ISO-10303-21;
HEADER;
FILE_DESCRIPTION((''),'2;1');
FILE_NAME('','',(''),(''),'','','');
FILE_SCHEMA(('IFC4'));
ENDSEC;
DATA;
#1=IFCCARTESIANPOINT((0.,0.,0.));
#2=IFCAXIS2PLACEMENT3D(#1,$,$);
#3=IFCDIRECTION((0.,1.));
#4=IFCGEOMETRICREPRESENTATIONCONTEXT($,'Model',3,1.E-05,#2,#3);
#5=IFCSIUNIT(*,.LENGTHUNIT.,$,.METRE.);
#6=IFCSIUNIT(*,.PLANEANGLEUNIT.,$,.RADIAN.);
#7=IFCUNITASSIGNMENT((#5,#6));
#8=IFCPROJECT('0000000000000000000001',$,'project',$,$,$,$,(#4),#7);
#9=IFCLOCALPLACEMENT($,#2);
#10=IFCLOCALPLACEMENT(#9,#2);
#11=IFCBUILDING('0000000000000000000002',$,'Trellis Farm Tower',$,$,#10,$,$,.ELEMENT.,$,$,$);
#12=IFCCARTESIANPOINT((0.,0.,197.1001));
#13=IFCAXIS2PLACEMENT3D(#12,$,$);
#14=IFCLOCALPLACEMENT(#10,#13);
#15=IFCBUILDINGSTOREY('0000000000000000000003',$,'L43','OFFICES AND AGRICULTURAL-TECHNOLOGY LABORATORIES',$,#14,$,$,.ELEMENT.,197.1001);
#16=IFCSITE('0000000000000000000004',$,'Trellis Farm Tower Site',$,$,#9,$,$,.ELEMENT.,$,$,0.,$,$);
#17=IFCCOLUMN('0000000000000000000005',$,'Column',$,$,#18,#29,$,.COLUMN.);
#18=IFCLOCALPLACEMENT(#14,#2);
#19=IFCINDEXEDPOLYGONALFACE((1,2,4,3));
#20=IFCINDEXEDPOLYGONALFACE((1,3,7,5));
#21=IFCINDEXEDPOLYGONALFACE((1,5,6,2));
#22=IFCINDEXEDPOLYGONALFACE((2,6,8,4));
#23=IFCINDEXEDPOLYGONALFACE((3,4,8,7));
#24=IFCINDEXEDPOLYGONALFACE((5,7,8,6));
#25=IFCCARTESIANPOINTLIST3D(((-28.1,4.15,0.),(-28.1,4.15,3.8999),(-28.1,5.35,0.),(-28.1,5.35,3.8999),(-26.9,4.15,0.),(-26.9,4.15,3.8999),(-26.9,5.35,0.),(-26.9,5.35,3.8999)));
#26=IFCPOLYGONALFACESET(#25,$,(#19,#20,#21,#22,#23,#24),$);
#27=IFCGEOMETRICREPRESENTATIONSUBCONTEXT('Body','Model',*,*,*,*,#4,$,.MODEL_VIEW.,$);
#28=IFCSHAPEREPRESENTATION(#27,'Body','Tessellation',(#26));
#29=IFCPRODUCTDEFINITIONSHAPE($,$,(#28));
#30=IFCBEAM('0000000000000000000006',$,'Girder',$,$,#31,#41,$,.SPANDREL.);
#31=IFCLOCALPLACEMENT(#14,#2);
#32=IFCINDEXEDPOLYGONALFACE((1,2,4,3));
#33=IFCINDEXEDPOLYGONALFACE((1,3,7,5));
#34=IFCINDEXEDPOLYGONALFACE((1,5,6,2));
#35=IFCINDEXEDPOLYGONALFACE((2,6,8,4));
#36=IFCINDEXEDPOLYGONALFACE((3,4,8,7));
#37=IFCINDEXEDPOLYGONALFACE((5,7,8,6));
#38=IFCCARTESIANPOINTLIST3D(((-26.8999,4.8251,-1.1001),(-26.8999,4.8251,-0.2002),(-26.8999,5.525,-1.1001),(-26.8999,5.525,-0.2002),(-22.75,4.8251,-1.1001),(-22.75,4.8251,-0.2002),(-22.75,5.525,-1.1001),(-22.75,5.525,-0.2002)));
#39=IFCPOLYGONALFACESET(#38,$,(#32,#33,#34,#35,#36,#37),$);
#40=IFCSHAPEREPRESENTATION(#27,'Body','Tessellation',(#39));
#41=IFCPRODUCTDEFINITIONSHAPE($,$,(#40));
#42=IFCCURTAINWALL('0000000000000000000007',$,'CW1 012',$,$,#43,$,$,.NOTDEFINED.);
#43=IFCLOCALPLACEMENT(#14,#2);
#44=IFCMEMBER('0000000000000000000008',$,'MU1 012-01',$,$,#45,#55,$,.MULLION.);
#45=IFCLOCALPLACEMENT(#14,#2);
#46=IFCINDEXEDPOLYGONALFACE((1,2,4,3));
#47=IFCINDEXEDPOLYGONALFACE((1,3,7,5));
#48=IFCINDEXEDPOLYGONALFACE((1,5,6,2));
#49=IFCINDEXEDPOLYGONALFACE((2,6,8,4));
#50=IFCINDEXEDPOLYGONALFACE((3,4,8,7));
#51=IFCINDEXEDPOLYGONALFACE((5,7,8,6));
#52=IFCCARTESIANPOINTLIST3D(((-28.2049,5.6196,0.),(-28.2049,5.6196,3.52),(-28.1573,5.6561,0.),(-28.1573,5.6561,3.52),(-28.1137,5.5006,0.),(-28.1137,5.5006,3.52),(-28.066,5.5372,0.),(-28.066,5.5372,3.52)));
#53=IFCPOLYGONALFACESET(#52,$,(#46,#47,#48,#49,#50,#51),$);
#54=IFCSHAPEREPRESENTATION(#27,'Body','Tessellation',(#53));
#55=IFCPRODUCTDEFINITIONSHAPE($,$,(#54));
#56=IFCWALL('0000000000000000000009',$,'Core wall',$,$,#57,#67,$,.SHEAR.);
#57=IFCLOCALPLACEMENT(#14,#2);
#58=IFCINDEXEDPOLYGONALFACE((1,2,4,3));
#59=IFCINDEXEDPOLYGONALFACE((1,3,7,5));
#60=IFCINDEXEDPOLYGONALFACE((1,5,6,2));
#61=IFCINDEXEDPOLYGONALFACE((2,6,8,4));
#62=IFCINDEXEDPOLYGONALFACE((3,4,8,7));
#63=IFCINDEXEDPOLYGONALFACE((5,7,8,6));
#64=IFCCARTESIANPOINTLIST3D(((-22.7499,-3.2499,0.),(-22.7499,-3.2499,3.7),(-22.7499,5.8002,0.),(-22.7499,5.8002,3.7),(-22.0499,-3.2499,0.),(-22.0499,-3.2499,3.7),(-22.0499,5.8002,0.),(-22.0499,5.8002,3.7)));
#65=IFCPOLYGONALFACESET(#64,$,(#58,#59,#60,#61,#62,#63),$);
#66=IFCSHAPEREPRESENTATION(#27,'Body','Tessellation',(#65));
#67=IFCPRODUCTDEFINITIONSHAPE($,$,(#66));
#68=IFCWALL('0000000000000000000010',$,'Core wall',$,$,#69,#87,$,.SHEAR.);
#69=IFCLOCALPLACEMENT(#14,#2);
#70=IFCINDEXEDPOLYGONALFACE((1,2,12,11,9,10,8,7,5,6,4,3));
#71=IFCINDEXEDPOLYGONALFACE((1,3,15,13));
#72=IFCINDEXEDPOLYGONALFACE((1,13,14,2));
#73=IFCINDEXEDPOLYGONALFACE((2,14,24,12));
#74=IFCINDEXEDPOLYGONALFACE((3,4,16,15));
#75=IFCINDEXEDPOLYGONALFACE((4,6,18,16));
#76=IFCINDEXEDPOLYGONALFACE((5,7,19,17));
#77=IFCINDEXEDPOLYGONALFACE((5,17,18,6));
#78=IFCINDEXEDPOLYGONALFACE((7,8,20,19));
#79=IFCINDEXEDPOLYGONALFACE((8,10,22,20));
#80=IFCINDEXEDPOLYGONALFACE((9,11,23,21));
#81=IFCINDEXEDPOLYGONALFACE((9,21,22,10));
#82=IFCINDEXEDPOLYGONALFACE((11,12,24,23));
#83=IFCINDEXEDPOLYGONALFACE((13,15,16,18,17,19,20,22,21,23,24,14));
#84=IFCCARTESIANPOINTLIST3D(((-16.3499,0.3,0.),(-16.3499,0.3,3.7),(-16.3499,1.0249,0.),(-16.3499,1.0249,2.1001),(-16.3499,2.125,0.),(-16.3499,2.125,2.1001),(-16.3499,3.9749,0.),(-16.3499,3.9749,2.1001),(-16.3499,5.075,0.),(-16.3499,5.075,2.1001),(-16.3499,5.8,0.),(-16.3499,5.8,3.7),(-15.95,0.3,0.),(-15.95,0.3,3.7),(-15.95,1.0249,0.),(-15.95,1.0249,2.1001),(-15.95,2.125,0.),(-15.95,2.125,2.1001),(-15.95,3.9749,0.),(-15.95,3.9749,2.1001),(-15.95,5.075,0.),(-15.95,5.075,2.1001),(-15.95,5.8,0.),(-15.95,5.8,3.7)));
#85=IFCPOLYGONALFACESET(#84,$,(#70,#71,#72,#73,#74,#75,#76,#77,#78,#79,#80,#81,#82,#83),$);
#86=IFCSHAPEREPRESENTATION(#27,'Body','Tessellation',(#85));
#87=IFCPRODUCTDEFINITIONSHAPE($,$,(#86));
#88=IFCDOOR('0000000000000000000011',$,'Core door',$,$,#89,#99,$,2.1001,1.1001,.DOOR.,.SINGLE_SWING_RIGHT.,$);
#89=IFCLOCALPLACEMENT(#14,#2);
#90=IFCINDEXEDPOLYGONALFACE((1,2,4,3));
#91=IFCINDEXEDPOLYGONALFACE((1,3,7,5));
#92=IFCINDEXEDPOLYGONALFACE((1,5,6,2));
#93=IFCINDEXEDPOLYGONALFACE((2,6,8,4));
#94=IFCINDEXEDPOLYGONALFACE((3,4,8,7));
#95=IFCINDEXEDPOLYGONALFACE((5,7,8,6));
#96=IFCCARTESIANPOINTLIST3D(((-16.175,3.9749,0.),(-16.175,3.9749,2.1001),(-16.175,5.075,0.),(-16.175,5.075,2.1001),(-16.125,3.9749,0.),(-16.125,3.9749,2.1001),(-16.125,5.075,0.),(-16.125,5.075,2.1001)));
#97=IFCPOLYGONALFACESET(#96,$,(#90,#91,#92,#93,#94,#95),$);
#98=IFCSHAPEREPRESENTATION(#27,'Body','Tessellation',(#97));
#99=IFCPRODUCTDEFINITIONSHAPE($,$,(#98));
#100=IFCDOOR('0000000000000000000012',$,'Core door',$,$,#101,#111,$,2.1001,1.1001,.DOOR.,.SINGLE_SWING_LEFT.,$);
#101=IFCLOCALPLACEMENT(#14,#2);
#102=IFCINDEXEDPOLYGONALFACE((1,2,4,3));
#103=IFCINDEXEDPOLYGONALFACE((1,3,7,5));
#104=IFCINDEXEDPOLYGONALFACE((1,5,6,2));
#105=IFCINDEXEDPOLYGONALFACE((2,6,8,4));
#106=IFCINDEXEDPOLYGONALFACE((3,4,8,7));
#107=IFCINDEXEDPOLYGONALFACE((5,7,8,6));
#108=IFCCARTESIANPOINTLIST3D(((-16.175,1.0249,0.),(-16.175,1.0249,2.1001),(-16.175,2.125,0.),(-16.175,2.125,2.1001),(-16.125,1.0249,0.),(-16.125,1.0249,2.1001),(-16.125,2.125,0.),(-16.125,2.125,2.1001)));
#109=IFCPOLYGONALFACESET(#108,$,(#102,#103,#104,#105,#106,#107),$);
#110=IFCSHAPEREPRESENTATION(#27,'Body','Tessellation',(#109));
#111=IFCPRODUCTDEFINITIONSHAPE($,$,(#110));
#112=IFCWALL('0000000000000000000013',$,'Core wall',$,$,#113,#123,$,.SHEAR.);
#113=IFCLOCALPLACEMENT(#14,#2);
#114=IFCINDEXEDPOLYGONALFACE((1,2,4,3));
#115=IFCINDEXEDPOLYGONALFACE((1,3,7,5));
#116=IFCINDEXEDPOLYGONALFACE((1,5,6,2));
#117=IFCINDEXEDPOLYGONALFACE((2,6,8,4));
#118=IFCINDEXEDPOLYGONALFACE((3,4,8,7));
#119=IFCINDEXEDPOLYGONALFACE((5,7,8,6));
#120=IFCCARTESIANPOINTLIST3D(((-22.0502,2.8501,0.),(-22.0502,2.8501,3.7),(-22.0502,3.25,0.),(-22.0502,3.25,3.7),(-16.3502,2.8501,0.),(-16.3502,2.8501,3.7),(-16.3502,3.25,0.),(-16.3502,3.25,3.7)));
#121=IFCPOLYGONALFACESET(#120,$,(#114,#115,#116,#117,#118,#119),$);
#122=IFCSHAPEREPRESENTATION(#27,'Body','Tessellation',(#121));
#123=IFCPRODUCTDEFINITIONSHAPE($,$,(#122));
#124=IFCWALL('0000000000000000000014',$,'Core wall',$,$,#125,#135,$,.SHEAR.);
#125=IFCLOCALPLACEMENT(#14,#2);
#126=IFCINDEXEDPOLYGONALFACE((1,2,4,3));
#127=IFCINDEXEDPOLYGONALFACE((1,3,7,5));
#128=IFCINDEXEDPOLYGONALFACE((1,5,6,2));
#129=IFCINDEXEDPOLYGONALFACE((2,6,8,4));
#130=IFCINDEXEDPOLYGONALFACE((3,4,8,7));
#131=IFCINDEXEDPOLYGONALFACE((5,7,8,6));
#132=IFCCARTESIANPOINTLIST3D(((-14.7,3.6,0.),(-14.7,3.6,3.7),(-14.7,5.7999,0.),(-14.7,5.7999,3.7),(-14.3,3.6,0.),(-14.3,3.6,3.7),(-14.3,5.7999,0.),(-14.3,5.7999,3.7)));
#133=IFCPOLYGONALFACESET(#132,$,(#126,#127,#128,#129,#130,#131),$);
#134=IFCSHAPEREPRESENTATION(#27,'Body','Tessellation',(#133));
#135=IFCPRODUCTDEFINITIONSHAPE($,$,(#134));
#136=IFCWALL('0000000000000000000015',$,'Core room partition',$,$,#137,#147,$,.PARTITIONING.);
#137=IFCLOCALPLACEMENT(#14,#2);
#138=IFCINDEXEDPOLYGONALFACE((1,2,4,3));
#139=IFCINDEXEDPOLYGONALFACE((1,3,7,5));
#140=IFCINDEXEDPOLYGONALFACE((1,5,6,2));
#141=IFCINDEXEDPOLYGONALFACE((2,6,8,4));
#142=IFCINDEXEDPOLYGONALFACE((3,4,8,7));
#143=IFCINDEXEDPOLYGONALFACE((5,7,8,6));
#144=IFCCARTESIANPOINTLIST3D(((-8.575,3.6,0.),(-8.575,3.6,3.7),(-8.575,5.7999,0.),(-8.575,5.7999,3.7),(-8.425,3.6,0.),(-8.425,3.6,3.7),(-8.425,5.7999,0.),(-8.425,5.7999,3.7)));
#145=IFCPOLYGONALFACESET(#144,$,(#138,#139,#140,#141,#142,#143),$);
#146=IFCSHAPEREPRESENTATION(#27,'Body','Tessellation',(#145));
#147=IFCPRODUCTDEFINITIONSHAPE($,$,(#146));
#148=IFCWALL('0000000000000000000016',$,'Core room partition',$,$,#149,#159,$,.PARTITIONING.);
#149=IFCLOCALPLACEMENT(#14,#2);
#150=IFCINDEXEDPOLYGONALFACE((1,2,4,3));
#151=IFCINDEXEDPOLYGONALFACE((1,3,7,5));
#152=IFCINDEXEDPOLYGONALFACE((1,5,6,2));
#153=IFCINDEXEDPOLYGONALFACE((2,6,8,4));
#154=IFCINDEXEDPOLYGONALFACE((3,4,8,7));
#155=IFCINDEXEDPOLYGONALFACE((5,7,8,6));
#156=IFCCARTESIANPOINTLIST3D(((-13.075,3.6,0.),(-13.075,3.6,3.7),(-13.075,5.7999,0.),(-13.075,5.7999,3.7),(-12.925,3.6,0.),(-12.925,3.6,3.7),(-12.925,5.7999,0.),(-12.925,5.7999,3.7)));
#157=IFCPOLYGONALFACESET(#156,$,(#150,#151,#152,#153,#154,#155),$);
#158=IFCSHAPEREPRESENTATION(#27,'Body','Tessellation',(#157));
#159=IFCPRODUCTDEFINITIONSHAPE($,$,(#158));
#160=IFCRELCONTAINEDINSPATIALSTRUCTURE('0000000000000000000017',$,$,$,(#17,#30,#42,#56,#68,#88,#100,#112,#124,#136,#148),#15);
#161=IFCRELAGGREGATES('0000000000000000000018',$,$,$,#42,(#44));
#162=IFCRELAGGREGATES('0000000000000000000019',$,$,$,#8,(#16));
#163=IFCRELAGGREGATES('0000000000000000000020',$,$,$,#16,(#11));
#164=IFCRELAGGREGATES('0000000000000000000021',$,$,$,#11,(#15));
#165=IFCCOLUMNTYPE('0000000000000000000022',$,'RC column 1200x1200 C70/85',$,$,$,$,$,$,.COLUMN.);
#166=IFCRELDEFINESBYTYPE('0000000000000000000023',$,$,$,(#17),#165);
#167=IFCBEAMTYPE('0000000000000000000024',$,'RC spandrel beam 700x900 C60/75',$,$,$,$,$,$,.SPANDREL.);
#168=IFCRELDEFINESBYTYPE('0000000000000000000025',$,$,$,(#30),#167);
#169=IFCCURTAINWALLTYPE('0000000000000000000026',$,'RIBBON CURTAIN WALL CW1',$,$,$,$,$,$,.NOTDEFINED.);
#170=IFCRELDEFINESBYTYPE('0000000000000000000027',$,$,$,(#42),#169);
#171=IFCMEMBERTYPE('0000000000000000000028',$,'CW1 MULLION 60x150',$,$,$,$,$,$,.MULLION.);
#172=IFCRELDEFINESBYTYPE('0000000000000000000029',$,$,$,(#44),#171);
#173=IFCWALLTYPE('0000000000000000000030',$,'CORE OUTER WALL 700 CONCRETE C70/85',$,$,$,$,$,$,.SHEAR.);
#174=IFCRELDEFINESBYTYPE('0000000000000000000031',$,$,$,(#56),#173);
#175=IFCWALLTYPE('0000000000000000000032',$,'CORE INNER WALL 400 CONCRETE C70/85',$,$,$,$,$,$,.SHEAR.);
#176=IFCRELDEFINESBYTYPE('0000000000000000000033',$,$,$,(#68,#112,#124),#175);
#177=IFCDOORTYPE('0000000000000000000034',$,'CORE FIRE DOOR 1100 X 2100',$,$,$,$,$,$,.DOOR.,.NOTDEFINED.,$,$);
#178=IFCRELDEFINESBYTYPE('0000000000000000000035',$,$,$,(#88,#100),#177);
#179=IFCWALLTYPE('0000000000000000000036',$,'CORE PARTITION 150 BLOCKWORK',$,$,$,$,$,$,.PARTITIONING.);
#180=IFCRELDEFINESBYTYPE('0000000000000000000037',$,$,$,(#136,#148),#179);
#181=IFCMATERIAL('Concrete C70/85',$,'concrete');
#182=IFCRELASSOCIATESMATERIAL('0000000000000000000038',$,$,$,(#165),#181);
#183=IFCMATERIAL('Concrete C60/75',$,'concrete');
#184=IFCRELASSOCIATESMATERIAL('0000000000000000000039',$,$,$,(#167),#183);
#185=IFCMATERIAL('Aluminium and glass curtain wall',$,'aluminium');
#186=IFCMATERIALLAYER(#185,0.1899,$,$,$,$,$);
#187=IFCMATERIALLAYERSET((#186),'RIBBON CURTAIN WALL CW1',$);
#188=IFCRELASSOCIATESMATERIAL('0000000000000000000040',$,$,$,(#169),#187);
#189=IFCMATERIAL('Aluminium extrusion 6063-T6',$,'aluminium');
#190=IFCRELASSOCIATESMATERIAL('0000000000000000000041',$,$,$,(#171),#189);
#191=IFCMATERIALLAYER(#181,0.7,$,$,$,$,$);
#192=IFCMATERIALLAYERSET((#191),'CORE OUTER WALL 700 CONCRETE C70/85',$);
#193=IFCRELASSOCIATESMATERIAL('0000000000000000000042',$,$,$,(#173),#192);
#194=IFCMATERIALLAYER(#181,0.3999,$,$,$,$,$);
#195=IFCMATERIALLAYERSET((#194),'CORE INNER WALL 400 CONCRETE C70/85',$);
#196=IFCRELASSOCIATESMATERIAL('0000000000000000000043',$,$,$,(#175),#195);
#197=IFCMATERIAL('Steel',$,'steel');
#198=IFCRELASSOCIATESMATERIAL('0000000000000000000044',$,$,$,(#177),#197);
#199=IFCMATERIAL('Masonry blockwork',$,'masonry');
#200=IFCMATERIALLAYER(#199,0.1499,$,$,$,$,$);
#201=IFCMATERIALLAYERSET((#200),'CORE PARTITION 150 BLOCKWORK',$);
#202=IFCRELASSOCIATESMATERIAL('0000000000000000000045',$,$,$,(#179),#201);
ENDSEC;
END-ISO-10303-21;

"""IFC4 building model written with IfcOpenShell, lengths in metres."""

from ifc_helpers import new_model, si_unit, direction, frame, frame_2d, origin, origin_2d, place, context, subcontext, project, spatial, rectangle, extrude, source, transform, mapped, material, layer, layer_set, material_profile, profile_set, type_object, element, fill, aggregate, save


model = new_model("IFC4")

# Units and contexts
model_context = context("Model", 3, precision=1e-05, world=origin(), true_north=direction((0.0, 1.0)))
body_context = subcontext(model_context, "Body", "Model", "MODEL_VIEW")
ifc_project = project(units=[si_unit("LENGTHUNIT", "METRE"), si_unit("PLANEANGLEUNIT", "RADIAN")], contexts=[model_context])

# Site, building, storey
site_placement = place(None, origin())
site = spatial("IfcSite", under=ifc_project, at=site_placement, Name="Trellis Farm Tower Site", CompositionType="ELEMENT", RefElevation=0.0)
building_placement = place(site_placement, origin())
building = spatial("IfcBuilding", under=site, at=building_placement, Name="Trellis Farm Tower", CompositionType="ELEMENT")
storey_placement = place(building_placement, frame((0.0, 0.0, 197.1001)))
storey = spatial("IfcBuildingStorey", under=building, at=storey_placement, Name="L43", Description="OFFICES AND AGRICULTURAL-TECHNOLOGY LABORATORIES", CompositionType="ELEMENT", Elevation=197.1001)

# Column
ifc_material_1 = material(Name="Concrete C70/85", Category="concrete")
ifc_material_profile_1 = material_profile(ifc_material_1, rectangle(XDim=1.2, YDim=1.2, at=origin_2d()), Name="RC column 1200x1200 C70/85")
ifc_profile_set_1 = profile_set([ifc_material_profile_1], Name="Concrete C70/85")
column_type = type_object("IfcColumnType", Name="RC column 1200x1200 C70/85", PredefinedType="COLUMN", material=ifc_profile_set_1)
shared_shape_1 = source(origin(), body_context, "Body", "SweptSolid", [
    extrude(rectangle(XDim=1.2, YDim=1.2, at=origin_2d()), origin(), (0.0, 0.0, 1.0), 3.8999),
])
column_placement = place(storey_placement, frame((-27.5, 4.75, 0.0), z_axis=(0.0, 0.0, 1.0), x_axis=(1.0, 0.0, 0.0)))
element("IfcColumn", 1, at=column_placement, inside=storey, type_object=column_type, Name="Column", PredefinedType="COLUMN", context=body_context, shape_type="MappedRepresentation", body=[
    mapped(shared_shape_1, transform((0.0, 0.0, 0.0))),
])

# Beam
ifc_material_2 = material(Name="Concrete C60/75", Category="concrete")
ifc_material_profile_2 = material_profile(ifc_material_2, rectangle(XDim=0.7, YDim=0.8999, at=origin_2d()), Name="RC spandrel beam 700x900 C60/75")
ifc_profile_set_2 = profile_set([ifc_material_profile_2], Name="Concrete C60/75")
beam_type = type_object("IfcBeamType", Name="RC spandrel beam 700x900 C60/75", PredefinedType="SPANDREL", material=ifc_profile_set_2)
shared_shape_2 = source(origin(), body_context, "Body", "SweptSolid", [
    extrude(rectangle(XDim=0.7, YDim=0.8999, at=origin_2d()), origin(), (0.0, 0.0, 1.0), 4.1499),
])
beam_placement = place(storey_placement, frame((-26.8999, 5.175, -0.6501), z_axis=(1.0, 0.0, 0.0), x_axis=(0.0, 1.0, 0.0)))
element("IfcBeam", 2, at=beam_placement, inside=storey, type_object=beam_type, Name="Girder", PredefinedType="SPANDREL", context=body_context, shape_type="MappedRepresentation", body=[
    mapped(shared_shape_2, transform((0.0, 0.0, 0.0))),
])

# Curtain wall, member
ifc_material_3 = material(Name="Aluminium and glass curtain wall", Category="aluminium")
ifc_layer_1 = layer(ifc_material_3, 0.1899)
ifc_layer_set_1 = layer_set([ifc_layer_1], Name="RIBBON CURTAIN WALL CW1")
curtain_wall_type = type_object("IfcCurtainWallType", Name="RIBBON CURTAIN WALL CW1", PredefinedType="NOTDEFINED", material=ifc_layer_set_1)
placement = place(storey_placement, origin())
curtain_wall = element("IfcCurtainWall", 3, at=placement, inside=storey, type_object=curtain_wall_type, Name="CW1 012", PredefinedType="NOTDEFINED")
ifc_material_4 = material(Name="Aluminium extrusion 6063-T6", Category="aluminium")
ifc_material_profile_3 = material_profile(ifc_material_4, rectangle(XDim=0.0601, YDim=0.1499, at=origin_2d()), Name="MULLION 60x150")
ifc_profile_set_3 = profile_set([ifc_material_profile_3], Name="Aluminium extrusion 6063-T6")
member_type = type_object("IfcMemberType", Name="CW1 MULLION 60x150", PredefinedType="MULLION", material=ifc_profile_set_3)
shared_shape_3 = source(origin(), body_context, "Body", "SweptSolid", [
    extrude(rectangle(XDim=0.0601, YDim=0.1499, at=origin_2d()), origin(), (0.0, 0.0, 1.0), 3.52),
])
member_placement = place(storey_placement, frame((-28.1355, 5.5784, 0.0), z_axis=(0.0, 0.0, 1.0), x_axis=(-0.793353, -0.608761, 0.0)))
member = element("IfcMember", 4, at=member_placement, type_object=member_type, Name="MU1 012-01", PredefinedType="MULLION", context=body_context, shape_type="MappedRepresentation", body=[
    mapped(shared_shape_3, transform((0.0, 0.0, 0.0))),
])
aggregate(curtain_wall, [member])

# Wall
ifc_layer_2 = layer(ifc_material_1, 0.7)
ifc_layer_set_2 = layer_set([ifc_layer_2], Name="CORE OUTER WALL 700 CONCRETE C70/85")
wall_type_1 = type_object("IfcWallType", Name="CORE OUTER WALL 700 CONCRETE C70/85", PredefinedType="SHEAR", material=ifc_layer_set_2)
shared_shape_4 = source(origin(), body_context, "Body", "SweptSolid", [
    extrude(rectangle(XDim=9.05, YDim=0.7, at=frame_2d((4.5249, 0.0))), origin(), (0.0, 0.0, 1.0), 3.7),
])
wall_1_placement = place(storey_placement, frame((-22.3999, 5.8, 0.0), z_axis=(0.0, 0.0, 1.0), x_axis=(0.0, -1.0, 0.0)))
element("IfcWall", 5, at=wall_1_placement, inside=storey, type_object=wall_type_1, Name="Core wall", PredefinedType="SHEAR", context=body_context, shape_type="MappedRepresentation", body=[
    mapped(shared_shape_4, transform((0.0, 0.0, 0.0))),
])

# Wall, openings, doors
ifc_layer_3 = layer(ifc_material_1, 0.3999)
ifc_layer_set_3 = layer_set([ifc_layer_3], Name="CORE INNER WALL 400 CONCRETE C70/85")
wall_type_2 = type_object("IfcWallType", Name="CORE INNER WALL 400 CONCRETE C70/85", PredefinedType="SHEAR", material=ifc_layer_set_3)
shared_shape_5 = source(origin(), body_context, "Body", "SweptSolid", [
    extrude(rectangle(XDim=5.5, YDim=0.3999, at=frame_2d((2.75, 0.0))), origin(), (0.0, 0.0, 1.0), 3.7),
])
wall_2_placement = place(storey_placement, frame((-16.1499, 5.8, 0.0), z_axis=(0.0, 0.0, 1.0), x_axis=(0.0, -1.0, 0.0)))
wall_2 = element("IfcWall", 6, at=wall_2_placement, inside=storey, type_object=wall_type_2, Name="Core wall", PredefinedType="SHEAR", context=body_context, shape_type="MappedRepresentation", body=[
    mapped(shared_shape_5, transform((0.0, 0.0, 0.0))),
])
shared_shape_6 = source(origin(), body_context, "Body", "SweptSolid", [
    extrude(rectangle(XDim=1.1001, YDim=2.1001, at=frame_2d((0.55, 1.05))), frame((0.0, 0.21, 0.0), z_axis=(0.0, -1.0, 0.0), x_axis=(1.0, 0.0, 0.0)), (0.0, 0.0, 1.0), 0.4199),
])
opening_1_placement = place(wall_2_placement, frame((0.7251, 0.0, 0.0)))
opening_1 = element("IfcOpeningElement", 7, at=opening_1_placement, cuts=wall_2, PredefinedType="OPENING", context=body_context, shape_type="MappedRepresentation", body=[
    mapped(shared_shape_6, transform((0.0, 0.0, 0.0))),
])
opening_2_placement = place(wall_2_placement, frame((3.675, 0.0, 0.0)))
opening_2 = element("IfcOpeningElement", 8, at=opening_2_placement, cuts=wall_2, PredefinedType="OPENING", context=body_context, shape_type="MappedRepresentation", body=[
    mapped(shared_shape_6, transform((0.0, 0.0, 0.0))),
])
ifc_material_5 = material(Name="Steel", Category="steel")
door_type = type_object("IfcDoorType", Name="CORE FIRE DOOR 1100 X 2100", OperationType="NOTDEFINED", PredefinedType="DOOR", material=ifc_material_5)
shared_shape_7 = source(origin(), body_context, "Body", "SweptSolid", [
    extrude(rectangle(XDim=1.1001, YDim=2.1001, at=frame_2d((0.55, 1.05))), frame((0.0, 0.0249, 0.0), z_axis=(0.0, -1.0, 0.0), x_axis=(1.0, 0.0, 0.0)), (0.0, 0.0, 1.0), 0.05),
])
door_1_placement = place(opening_1_placement, origin())
door_1 = element("IfcDoor", 9, at=door_1_placement, inside=storey, type_object=door_type, Name="Core door", OperationType="SINGLE_SWING_RIGHT", OverallHeight=2.1001, OverallWidth=1.1001, PredefinedType="DOOR", context=body_context, shape_type="MappedRepresentation", body=[
    mapped(shared_shape_7, transform((0.0, 0.0, 0.0))),
])
fill(opening_1, door_1)
door_2_placement = place(opening_2_placement, origin())
door_2 = element("IfcDoor", 10, at=door_2_placement, inside=storey, type_object=door_type, Name="Core door", OperationType="SINGLE_SWING_LEFT", OverallHeight=2.1001, OverallWidth=1.1001, PredefinedType="DOOR", context=body_context, shape_type="MappedRepresentation", body=[
    mapped(shared_shape_7, transform((0.0, 0.0, 0.0))),
])
fill(opening_2, door_2)

# Walls
shared_shape_8 = source(origin(), body_context, "Body", "SweptSolid", [
    extrude(rectangle(XDim=5.7, YDim=0.3999, at=frame_2d((2.8501, 0.0))), origin(), (0.0, 0.0, 1.0), 3.7),
])
wall_3_placement = place(storey_placement, frame((-16.3501, 3.05, 0.0), z_axis=(0.0, 0.0, 1.0), x_axis=(-1.0, 0.0, 0.0)))
element("IfcWall", 11, at=wall_3_placement, inside=storey, type_object=wall_type_2, Name="Core wall", PredefinedType="SHEAR", context=body_context, shape_type="MappedRepresentation", body=[
    mapped(shared_shape_8, transform((0.0, 0.0, 0.0))),
])
shared_shape_9 = source(origin(), body_context, "Body", "SweptSolid", [
    extrude(rectangle(XDim=2.2, YDim=0.3999, at=frame_2d((1.1001, 0.0))), origin(), (0.0, 0.0, 1.0), 3.7),
])
wall_4_placement = place(storey_placement, frame((-14.5, 5.8, 0.0), z_axis=(0.0, 0.0, 1.0), x_axis=(0.0, -1.0, 0.0)))
element("IfcWall", 12, at=wall_4_placement, inside=storey, type_object=wall_type_2, Name="Core wall", PredefinedType="SHEAR", context=body_context, shape_type="MappedRepresentation", body=[
    mapped(shared_shape_9, transform((0.0, 0.0, 0.0))),
])
ifc_material_6 = material(Name="Masonry blockwork", Category="masonry")
ifc_layer_4 = layer(ifc_material_6, 0.1499)
ifc_layer_set_4 = layer_set([ifc_layer_4], Name="CORE PARTITION 150 BLOCKWORK")
wall_type_3 = type_object("IfcWallType", Name="CORE PARTITION 150 BLOCKWORK", PredefinedType="PARTITIONING", material=ifc_layer_set_4)
shared_shape_10 = source(origin(), body_context, "Body", "SweptSolid", [
    extrude(rectangle(XDim=2.2, YDim=0.1499, at=frame_2d((1.1001, 0.0))), origin(), (0.0, 0.0, 1.0), 3.7),
])
for number, where, z_axis, x_axis, name in (
    (13, (-8.5, 5.8, 0.0), (0.0, 0.0, 1.0), (0.0, -1.0, 0.0), "Core room partition"),
    (14, (-13.0, 5.8, 0.0), (0.0, 0.0, 1.0), (0.0, -1.0, 0.0), "Core room partition"),
):
    element("IfcWall", number, at=place(storey_placement, frame(where, z_axis=z_axis, x_axis=x_axis)), inside=storey, type_object=wall_type_3, Name=name, PredefinedType="PARTITIONING", context=body_context, shape_type="MappedRepresentation", body=[
        mapped(shared_shape_10, transform((0.0, 0.0, 0.0))),
    ])

save(model, "model.ifc")
